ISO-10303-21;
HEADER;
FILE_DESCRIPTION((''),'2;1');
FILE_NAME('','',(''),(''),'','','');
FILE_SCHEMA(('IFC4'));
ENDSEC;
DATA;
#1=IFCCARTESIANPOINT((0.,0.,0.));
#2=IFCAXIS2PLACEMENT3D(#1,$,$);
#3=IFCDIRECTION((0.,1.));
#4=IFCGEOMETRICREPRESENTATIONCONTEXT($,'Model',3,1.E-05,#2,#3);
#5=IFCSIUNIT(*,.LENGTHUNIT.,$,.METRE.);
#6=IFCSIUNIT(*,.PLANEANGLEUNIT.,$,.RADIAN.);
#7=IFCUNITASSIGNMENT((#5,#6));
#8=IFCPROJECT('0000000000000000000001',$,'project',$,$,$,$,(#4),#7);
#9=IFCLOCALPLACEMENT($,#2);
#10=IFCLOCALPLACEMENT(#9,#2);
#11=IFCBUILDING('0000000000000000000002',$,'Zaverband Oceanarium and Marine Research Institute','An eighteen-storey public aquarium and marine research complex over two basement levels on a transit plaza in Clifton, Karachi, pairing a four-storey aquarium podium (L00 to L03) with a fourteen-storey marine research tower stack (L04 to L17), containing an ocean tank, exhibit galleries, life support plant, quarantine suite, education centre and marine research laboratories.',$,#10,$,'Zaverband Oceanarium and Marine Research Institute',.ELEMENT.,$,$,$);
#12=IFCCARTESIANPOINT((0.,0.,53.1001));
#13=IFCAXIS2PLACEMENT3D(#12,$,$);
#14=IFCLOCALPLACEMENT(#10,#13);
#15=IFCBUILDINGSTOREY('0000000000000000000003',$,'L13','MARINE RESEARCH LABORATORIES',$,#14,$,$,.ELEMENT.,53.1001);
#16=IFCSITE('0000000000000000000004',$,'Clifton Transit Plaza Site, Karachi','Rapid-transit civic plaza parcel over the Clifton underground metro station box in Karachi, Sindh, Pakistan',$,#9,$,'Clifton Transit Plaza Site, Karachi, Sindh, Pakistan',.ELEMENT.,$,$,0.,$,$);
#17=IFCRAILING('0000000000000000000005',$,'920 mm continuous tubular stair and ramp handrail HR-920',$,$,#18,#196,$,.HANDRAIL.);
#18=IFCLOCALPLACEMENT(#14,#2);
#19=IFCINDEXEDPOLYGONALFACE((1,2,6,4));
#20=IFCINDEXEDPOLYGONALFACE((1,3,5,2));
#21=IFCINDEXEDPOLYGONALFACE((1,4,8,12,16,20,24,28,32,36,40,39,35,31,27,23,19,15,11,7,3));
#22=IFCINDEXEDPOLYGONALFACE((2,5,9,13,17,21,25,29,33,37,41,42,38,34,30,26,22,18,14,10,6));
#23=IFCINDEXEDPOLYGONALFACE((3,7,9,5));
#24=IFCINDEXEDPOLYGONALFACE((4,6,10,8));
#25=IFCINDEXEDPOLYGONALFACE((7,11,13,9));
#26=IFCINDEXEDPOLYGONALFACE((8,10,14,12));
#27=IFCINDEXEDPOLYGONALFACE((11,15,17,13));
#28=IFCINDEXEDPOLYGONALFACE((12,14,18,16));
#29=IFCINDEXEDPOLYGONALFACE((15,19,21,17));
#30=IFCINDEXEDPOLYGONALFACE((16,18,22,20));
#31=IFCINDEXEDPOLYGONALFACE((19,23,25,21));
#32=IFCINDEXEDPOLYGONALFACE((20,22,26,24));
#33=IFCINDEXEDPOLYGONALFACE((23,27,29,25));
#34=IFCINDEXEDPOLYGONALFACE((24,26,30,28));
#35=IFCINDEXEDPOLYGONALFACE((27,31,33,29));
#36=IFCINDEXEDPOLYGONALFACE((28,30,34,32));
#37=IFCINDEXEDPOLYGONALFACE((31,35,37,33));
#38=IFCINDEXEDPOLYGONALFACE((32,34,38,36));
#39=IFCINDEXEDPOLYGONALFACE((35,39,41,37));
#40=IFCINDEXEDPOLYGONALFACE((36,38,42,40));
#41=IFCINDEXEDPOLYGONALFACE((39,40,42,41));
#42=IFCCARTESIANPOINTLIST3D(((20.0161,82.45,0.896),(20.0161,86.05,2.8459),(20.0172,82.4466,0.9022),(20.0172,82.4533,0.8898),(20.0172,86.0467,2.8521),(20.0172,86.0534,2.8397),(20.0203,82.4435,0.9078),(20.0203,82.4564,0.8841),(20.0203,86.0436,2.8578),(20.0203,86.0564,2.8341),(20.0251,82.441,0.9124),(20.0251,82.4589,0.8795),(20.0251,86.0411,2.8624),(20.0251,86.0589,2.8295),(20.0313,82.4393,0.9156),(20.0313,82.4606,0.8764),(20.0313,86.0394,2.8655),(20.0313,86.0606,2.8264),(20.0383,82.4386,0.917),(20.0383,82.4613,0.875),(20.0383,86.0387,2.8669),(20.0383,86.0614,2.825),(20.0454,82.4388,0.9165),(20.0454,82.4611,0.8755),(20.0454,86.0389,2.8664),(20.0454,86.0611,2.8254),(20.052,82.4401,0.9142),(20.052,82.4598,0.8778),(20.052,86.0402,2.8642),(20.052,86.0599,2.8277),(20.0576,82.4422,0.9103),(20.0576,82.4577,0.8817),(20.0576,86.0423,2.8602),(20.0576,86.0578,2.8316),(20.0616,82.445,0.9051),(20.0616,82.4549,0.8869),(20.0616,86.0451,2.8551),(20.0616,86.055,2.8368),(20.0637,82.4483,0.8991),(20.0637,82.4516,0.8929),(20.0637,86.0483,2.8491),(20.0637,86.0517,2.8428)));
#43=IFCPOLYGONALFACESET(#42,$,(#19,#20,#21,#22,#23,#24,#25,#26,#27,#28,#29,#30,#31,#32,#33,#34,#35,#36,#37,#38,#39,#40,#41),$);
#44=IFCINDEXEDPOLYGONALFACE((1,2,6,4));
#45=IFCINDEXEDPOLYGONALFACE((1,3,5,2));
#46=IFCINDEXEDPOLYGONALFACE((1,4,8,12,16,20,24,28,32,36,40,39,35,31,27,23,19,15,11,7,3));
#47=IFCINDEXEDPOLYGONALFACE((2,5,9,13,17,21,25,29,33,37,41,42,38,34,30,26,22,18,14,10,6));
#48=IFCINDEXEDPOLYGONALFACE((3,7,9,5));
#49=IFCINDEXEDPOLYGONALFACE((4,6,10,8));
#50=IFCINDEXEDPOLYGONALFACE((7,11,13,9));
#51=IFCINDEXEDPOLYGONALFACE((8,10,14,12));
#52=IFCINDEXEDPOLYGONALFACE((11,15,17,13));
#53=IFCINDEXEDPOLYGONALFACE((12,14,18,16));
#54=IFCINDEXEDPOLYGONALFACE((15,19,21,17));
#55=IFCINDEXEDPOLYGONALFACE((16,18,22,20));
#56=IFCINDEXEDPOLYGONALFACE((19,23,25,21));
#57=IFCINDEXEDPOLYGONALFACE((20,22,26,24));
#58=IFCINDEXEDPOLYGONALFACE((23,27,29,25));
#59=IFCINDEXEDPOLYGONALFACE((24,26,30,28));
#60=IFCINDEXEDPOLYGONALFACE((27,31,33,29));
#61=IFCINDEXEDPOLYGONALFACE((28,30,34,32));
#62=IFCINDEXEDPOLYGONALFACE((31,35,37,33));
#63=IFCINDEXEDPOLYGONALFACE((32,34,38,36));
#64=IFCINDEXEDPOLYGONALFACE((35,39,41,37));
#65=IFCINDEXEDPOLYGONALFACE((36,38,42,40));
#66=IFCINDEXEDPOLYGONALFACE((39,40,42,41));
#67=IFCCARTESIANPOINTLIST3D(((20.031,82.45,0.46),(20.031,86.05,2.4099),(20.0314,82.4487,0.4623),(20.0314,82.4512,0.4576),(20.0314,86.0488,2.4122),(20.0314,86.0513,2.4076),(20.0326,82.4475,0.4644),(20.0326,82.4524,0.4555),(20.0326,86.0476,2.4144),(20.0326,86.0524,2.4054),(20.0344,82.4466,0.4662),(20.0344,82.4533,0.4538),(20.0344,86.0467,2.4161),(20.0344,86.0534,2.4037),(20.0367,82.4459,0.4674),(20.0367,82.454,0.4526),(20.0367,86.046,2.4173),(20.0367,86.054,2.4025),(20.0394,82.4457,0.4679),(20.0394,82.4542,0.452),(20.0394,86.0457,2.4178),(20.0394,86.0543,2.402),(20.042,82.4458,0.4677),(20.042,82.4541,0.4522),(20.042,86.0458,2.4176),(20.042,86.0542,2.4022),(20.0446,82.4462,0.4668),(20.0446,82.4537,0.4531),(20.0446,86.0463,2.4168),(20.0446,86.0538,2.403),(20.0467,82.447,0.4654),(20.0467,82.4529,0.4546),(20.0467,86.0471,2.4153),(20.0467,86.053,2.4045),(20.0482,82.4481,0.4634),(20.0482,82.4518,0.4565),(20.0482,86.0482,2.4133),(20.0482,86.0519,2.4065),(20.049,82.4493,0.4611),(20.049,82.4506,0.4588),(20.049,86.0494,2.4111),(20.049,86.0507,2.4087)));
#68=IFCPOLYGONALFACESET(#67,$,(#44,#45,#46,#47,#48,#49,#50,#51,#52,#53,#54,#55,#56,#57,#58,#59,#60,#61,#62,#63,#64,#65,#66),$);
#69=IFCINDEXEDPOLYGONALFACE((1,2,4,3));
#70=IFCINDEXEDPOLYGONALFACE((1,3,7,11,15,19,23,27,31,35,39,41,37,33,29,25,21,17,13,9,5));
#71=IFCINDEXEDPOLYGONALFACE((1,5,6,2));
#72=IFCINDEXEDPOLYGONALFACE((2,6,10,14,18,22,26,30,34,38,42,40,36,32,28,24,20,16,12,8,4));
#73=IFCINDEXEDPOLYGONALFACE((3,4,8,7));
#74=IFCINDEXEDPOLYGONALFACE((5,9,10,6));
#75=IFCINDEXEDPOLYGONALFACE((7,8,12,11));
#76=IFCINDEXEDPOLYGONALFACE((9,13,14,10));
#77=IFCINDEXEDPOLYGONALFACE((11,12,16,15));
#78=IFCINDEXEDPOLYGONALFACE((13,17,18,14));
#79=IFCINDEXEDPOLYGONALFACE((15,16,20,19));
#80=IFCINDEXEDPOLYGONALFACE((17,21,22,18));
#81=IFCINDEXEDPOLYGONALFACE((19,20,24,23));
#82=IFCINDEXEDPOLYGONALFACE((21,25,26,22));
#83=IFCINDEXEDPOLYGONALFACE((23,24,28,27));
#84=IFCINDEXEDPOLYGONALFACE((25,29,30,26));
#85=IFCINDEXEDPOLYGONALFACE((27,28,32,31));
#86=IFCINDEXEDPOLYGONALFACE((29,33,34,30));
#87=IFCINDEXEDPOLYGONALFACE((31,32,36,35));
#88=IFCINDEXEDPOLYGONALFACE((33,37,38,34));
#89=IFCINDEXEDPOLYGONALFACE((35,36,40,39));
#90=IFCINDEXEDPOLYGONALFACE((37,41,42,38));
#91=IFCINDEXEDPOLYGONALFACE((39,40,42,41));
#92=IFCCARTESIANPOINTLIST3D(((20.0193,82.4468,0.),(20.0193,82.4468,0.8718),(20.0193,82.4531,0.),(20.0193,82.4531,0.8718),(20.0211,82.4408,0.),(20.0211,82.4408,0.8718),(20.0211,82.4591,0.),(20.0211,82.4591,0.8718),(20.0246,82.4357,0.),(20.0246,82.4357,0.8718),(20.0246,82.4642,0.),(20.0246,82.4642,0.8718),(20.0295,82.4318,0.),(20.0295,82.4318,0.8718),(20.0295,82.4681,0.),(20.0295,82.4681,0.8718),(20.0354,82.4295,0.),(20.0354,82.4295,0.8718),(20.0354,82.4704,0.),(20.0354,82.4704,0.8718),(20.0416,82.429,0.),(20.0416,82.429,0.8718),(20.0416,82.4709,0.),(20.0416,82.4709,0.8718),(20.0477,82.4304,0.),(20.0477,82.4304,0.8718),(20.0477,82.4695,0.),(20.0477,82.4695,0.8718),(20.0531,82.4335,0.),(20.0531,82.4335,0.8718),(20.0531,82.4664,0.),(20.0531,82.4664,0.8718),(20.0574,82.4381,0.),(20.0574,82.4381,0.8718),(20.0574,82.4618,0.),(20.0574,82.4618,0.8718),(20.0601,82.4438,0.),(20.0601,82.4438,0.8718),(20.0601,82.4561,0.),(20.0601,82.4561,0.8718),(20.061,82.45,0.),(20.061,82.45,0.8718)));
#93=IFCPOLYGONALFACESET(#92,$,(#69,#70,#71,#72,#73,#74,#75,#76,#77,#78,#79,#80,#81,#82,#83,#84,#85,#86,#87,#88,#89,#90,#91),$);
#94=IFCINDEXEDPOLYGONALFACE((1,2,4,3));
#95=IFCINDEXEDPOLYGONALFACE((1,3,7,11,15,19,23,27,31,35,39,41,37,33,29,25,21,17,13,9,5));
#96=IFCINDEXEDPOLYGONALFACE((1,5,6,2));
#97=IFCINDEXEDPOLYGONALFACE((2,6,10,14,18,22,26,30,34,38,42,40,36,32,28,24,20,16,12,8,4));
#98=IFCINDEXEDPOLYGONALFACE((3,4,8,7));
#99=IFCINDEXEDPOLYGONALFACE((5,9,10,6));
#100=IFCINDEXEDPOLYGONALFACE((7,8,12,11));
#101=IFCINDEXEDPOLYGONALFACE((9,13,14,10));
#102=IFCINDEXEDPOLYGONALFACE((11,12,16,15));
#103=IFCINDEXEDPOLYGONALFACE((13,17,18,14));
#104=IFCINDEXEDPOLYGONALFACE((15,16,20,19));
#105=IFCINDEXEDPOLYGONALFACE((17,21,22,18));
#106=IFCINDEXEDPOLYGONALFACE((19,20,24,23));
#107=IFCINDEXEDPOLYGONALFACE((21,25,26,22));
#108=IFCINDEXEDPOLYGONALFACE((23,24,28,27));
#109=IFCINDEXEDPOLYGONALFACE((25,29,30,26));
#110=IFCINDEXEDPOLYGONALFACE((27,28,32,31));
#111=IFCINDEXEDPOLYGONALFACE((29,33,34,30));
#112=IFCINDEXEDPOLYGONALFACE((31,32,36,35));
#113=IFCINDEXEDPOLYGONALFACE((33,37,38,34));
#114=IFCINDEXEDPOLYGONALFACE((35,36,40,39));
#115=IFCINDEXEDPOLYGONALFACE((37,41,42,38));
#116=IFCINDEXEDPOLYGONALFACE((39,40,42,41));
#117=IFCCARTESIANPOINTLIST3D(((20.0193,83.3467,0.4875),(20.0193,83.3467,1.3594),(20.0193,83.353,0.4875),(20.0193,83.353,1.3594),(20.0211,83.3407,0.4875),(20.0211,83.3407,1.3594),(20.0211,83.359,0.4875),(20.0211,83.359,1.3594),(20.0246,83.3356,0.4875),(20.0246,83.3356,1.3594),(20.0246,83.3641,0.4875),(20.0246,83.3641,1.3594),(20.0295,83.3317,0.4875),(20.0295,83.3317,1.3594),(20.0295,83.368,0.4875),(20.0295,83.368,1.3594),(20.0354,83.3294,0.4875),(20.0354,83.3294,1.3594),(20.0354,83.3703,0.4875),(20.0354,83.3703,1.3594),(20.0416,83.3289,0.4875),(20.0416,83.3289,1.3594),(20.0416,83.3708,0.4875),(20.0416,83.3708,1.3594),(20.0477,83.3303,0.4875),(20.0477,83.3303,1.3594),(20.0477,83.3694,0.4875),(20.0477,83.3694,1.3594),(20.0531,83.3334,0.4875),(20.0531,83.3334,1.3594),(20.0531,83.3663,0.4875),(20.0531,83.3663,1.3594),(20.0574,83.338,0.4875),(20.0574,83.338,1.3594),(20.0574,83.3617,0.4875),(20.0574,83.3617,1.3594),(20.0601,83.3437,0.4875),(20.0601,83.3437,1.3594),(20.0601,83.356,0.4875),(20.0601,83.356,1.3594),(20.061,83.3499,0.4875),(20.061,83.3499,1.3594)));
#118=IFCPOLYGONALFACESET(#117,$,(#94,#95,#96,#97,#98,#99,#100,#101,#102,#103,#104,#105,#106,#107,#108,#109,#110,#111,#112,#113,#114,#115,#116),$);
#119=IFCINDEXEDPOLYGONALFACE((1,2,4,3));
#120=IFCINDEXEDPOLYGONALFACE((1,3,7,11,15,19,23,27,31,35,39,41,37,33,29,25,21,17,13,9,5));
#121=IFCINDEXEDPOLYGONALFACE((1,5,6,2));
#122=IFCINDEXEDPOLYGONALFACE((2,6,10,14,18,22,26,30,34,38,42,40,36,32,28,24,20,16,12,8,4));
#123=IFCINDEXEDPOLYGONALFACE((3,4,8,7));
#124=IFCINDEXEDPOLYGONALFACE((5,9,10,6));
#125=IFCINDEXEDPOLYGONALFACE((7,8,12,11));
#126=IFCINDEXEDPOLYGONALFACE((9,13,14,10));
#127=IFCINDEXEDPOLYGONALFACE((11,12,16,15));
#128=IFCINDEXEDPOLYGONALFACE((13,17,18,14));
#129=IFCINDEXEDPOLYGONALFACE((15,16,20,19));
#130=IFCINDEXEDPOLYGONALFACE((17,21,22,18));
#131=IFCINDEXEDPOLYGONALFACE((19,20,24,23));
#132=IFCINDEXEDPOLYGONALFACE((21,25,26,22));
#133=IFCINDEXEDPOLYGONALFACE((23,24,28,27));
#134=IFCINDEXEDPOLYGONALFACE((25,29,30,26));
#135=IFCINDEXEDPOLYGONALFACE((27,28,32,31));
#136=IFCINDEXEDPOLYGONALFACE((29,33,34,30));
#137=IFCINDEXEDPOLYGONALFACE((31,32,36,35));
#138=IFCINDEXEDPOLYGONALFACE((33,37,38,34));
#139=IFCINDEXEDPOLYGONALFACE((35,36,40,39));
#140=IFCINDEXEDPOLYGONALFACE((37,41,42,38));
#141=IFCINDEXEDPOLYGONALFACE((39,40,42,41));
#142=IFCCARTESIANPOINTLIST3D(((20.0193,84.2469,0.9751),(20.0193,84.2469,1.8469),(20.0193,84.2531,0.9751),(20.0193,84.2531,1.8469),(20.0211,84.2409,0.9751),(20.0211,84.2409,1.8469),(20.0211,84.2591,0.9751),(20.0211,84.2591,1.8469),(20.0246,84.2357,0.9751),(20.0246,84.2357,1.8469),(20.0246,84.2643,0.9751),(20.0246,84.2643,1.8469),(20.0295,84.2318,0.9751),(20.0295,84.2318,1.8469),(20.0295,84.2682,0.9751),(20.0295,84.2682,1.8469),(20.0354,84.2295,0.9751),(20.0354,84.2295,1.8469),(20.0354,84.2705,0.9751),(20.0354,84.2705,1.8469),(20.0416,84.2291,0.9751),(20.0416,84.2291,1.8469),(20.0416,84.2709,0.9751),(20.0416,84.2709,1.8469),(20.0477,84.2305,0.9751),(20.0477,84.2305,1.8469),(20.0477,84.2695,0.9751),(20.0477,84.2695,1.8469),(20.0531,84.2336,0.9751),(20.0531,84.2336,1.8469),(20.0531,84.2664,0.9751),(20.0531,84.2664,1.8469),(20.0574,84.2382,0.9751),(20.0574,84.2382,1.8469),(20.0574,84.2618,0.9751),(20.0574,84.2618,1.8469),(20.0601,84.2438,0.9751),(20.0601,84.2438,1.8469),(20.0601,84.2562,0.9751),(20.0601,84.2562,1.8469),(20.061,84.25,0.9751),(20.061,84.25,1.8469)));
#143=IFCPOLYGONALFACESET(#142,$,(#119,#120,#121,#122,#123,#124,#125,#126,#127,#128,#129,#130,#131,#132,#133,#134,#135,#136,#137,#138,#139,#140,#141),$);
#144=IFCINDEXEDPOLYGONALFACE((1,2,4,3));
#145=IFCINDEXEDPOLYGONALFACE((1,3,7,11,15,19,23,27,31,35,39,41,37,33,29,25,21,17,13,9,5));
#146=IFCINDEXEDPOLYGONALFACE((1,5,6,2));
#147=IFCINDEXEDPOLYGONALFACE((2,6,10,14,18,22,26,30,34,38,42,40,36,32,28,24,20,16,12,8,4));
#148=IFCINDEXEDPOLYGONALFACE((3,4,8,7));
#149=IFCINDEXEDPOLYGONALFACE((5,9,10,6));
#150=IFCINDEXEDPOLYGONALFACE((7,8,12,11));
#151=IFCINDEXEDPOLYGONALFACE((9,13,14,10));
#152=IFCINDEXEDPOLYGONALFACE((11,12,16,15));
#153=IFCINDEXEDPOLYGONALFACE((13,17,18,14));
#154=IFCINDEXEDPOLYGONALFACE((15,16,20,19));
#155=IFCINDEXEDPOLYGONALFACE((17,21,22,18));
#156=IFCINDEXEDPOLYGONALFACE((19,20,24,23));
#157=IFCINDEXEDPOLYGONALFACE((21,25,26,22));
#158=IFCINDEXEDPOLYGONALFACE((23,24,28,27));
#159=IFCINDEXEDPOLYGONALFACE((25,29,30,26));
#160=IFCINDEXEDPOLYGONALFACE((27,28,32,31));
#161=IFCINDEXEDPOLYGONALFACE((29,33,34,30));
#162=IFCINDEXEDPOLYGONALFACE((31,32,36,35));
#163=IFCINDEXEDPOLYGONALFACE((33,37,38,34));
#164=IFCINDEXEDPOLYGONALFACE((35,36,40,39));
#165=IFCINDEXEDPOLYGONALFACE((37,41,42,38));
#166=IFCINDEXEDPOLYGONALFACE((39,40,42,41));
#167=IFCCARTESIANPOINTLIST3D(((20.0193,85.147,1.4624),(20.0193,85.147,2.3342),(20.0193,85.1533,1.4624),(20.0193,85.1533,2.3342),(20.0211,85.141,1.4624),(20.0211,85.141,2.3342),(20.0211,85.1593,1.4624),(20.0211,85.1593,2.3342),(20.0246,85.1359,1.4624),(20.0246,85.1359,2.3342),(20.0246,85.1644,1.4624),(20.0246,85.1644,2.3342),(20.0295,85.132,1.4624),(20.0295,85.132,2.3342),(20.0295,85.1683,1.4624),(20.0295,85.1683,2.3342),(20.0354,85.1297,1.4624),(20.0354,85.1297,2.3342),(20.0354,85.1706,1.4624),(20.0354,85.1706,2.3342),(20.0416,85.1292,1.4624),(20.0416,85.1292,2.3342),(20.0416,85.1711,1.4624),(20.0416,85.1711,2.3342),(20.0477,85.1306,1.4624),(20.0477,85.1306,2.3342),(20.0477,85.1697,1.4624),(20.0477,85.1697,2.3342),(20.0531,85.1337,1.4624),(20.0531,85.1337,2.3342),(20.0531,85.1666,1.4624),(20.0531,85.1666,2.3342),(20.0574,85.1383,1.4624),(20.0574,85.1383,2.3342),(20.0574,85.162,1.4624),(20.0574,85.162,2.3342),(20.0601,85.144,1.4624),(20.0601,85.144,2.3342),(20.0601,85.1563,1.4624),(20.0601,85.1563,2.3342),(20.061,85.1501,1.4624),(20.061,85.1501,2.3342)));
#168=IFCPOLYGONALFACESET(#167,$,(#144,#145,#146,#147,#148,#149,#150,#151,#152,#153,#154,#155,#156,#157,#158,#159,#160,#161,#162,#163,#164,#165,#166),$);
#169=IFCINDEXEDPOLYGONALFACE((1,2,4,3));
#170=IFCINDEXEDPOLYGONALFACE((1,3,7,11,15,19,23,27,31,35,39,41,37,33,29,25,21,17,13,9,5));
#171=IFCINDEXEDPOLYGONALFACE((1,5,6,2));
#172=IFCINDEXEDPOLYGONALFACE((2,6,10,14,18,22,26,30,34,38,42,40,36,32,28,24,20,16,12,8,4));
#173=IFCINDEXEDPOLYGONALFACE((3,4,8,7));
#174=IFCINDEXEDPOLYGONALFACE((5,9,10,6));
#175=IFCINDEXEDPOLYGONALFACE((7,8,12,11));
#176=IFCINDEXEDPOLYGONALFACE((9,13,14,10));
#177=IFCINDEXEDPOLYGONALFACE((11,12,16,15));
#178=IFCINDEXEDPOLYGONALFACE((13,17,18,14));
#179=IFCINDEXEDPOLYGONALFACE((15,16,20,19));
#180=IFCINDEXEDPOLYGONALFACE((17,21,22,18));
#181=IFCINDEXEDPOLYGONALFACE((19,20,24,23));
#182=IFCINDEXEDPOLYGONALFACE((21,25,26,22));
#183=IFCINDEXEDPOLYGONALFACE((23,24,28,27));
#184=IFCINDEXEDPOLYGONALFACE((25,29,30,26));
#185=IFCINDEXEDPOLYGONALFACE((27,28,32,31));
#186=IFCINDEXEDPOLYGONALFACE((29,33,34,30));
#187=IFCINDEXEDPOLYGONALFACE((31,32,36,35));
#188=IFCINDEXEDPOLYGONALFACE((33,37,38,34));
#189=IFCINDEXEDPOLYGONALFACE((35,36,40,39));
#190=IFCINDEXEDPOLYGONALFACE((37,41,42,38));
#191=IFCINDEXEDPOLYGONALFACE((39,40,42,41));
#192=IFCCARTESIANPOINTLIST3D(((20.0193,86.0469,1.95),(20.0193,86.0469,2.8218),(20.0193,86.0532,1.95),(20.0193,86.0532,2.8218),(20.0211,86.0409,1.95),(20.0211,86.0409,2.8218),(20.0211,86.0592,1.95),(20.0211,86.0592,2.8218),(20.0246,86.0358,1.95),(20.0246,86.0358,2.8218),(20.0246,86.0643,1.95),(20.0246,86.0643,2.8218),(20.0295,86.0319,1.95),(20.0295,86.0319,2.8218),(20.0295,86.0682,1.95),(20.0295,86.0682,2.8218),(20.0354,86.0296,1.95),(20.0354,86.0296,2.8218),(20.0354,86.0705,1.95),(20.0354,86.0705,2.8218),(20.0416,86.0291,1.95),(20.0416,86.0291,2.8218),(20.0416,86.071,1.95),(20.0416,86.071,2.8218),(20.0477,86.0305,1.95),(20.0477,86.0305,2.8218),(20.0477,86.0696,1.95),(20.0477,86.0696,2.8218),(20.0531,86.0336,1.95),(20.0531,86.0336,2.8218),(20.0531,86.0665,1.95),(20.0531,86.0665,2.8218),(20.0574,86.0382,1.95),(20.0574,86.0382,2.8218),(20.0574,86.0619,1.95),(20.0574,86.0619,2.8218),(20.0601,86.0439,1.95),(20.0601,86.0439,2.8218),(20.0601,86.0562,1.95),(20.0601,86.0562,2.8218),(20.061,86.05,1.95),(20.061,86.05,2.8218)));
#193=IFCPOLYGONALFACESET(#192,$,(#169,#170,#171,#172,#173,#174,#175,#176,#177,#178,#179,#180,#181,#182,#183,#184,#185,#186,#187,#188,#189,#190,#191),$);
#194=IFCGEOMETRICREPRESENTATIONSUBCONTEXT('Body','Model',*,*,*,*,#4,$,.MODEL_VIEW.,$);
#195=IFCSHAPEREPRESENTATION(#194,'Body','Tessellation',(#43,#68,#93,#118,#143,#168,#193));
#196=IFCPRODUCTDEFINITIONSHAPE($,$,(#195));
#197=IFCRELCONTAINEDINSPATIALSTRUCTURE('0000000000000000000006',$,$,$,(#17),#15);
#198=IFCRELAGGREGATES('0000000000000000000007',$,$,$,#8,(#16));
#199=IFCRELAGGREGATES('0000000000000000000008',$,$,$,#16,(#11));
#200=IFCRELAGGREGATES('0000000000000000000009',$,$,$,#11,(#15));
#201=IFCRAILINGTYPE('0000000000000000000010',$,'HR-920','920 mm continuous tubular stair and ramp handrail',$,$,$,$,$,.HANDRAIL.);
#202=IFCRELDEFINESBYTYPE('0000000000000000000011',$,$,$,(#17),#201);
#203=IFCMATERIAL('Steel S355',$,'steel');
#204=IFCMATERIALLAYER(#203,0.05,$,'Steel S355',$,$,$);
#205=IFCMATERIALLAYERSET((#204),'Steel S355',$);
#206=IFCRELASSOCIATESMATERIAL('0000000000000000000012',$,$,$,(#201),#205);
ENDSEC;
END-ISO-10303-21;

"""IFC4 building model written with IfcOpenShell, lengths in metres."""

from ifc_helpers import new_model, si_unit, direction, frame, origin, origin_2d, place, context, subcontext, project, spatial, circle, extrude, material, layer, layer_set, type_object, element, save


model = new_model("IFC4")

# Units and contexts
model_context = context("Model", 3, precision=1e-05, world=origin(), true_north=direction((0.0, 1.0)))
body_context = subcontext(model_context, "Body", "Model", "MODEL_VIEW")
ifc_project = project(units=[si_unit("LENGTHUNIT", "METRE"), si_unit("PLANEANGLEUNIT", "RADIAN")], contexts=[model_context])

# Site, building, storey
site_placement = place(None, origin())
site = spatial("IfcSite", under=ifc_project, at=site_placement, Name="Clifton Transit Plaza Site, Karachi", Description="Rapid-transit civic plaza parcel over the Clifton underground metro station box in Karachi, Sindh, Pakistan", LongName="Clifton Transit Plaza Site, Karachi, Sindh, Pakistan", CompositionType="ELEMENT", RefElevation=0.0)
building_placement = place(site_placement, origin())
building = spatial("IfcBuilding", under=site, at=building_placement, Name="Zaverband Oceanarium and Marine Research Institute", Description="An eighteen-storey public aquarium and marine research complex over two basement levels on a transit plaza in Clifton, Karachi, pairing a four-storey aquarium podium (L00 to L03) with a fourteen-storey marine research tower stack (L04 to L17), containing an ocean tank, exhibit galleries, life support plant, quarantine suite, education centre and marine research laboratories.", LongName="Zaverband Oceanarium and Marine Research Institute", CompositionType="ELEMENT")
storey_placement = place(building_placement, frame((0.0, 0.0, 53.1001)))
storey = spatial("IfcBuildingStorey", under=building, at=storey_placement, Name="L13", Description="MARINE RESEARCH LABORATORIES", CompositionType="ELEMENT", Elevation=53.1001)

# Shared definitions
ifc_material_1 = material(Name="Steel S355", Category="steel")

# Railing
ifc_layer_1 = layer(ifc_material_1, 0.05, Name="Steel S355")
ifc_layer_set_1 = layer_set([ifc_layer_1], Name="Steel S355")
railing_type_1 = type_object("IfcRailingType", Name="HR-920", Description="920 mm continuous tubular stair and ramp handrail", PredefinedType="HANDRAIL", material=ifc_layer_set_1)
railing_1_placement = place(storey_placement, frame((20.04, 82.45, 0.0)))
element("IfcRailing", 1, at=railing_1_placement, inside=storey, type_object=railing_type_1, Name="920 mm continuous tubular stair and ramp handrail HR-920", PredefinedType="HANDRAIL", context=body_context, shape_type="SweptSolid", body=[
    extrude(circle(Radius=0.0239, at=origin_2d()), frame((0.0, 0.0, 0.896), z_axis=(0.0, 0.879302, 0.476264), x_axis=(-1.0, 0.0, 0.0)), (0.0, 0.0, 1.0), 4.0942),
    extrude(circle(Radius=0.009, at=origin_2d()), frame((0.0, 0.0, 0.46), z_axis=(0.0, 0.879302, 0.476264), x_axis=(-1.0, 0.0, 0.0)), (0.0, 0.0, 1.0), 4.0942),
    extrude(circle(Radius=0.021, at=origin_2d()), origin(), (0.0, 0.0, 1.0), 0.8718),
    extrude(circle(Radius=0.021, at=origin_2d()), frame((0.0, 0.8999, 0.4875)), (0.0, 0.0, 1.0), 0.8718),
    extrude(circle(Radius=0.021, at=origin_2d()), frame((0.0, 1.8, 0.9751)), (0.0, 0.0, 1.0), 0.8718),
    extrude(circle(Radius=0.021, at=origin_2d()), frame((0.0, 2.7002, 1.4624)), (0.0, 0.0, 1.0), 0.8718),
    extrude(circle(Radius=0.021, at=origin_2d()), frame((0.0, 3.6001, 1.95)), (0.0, 0.0, 1.0), 0.8718),
])

save(model, "model.ifc")
